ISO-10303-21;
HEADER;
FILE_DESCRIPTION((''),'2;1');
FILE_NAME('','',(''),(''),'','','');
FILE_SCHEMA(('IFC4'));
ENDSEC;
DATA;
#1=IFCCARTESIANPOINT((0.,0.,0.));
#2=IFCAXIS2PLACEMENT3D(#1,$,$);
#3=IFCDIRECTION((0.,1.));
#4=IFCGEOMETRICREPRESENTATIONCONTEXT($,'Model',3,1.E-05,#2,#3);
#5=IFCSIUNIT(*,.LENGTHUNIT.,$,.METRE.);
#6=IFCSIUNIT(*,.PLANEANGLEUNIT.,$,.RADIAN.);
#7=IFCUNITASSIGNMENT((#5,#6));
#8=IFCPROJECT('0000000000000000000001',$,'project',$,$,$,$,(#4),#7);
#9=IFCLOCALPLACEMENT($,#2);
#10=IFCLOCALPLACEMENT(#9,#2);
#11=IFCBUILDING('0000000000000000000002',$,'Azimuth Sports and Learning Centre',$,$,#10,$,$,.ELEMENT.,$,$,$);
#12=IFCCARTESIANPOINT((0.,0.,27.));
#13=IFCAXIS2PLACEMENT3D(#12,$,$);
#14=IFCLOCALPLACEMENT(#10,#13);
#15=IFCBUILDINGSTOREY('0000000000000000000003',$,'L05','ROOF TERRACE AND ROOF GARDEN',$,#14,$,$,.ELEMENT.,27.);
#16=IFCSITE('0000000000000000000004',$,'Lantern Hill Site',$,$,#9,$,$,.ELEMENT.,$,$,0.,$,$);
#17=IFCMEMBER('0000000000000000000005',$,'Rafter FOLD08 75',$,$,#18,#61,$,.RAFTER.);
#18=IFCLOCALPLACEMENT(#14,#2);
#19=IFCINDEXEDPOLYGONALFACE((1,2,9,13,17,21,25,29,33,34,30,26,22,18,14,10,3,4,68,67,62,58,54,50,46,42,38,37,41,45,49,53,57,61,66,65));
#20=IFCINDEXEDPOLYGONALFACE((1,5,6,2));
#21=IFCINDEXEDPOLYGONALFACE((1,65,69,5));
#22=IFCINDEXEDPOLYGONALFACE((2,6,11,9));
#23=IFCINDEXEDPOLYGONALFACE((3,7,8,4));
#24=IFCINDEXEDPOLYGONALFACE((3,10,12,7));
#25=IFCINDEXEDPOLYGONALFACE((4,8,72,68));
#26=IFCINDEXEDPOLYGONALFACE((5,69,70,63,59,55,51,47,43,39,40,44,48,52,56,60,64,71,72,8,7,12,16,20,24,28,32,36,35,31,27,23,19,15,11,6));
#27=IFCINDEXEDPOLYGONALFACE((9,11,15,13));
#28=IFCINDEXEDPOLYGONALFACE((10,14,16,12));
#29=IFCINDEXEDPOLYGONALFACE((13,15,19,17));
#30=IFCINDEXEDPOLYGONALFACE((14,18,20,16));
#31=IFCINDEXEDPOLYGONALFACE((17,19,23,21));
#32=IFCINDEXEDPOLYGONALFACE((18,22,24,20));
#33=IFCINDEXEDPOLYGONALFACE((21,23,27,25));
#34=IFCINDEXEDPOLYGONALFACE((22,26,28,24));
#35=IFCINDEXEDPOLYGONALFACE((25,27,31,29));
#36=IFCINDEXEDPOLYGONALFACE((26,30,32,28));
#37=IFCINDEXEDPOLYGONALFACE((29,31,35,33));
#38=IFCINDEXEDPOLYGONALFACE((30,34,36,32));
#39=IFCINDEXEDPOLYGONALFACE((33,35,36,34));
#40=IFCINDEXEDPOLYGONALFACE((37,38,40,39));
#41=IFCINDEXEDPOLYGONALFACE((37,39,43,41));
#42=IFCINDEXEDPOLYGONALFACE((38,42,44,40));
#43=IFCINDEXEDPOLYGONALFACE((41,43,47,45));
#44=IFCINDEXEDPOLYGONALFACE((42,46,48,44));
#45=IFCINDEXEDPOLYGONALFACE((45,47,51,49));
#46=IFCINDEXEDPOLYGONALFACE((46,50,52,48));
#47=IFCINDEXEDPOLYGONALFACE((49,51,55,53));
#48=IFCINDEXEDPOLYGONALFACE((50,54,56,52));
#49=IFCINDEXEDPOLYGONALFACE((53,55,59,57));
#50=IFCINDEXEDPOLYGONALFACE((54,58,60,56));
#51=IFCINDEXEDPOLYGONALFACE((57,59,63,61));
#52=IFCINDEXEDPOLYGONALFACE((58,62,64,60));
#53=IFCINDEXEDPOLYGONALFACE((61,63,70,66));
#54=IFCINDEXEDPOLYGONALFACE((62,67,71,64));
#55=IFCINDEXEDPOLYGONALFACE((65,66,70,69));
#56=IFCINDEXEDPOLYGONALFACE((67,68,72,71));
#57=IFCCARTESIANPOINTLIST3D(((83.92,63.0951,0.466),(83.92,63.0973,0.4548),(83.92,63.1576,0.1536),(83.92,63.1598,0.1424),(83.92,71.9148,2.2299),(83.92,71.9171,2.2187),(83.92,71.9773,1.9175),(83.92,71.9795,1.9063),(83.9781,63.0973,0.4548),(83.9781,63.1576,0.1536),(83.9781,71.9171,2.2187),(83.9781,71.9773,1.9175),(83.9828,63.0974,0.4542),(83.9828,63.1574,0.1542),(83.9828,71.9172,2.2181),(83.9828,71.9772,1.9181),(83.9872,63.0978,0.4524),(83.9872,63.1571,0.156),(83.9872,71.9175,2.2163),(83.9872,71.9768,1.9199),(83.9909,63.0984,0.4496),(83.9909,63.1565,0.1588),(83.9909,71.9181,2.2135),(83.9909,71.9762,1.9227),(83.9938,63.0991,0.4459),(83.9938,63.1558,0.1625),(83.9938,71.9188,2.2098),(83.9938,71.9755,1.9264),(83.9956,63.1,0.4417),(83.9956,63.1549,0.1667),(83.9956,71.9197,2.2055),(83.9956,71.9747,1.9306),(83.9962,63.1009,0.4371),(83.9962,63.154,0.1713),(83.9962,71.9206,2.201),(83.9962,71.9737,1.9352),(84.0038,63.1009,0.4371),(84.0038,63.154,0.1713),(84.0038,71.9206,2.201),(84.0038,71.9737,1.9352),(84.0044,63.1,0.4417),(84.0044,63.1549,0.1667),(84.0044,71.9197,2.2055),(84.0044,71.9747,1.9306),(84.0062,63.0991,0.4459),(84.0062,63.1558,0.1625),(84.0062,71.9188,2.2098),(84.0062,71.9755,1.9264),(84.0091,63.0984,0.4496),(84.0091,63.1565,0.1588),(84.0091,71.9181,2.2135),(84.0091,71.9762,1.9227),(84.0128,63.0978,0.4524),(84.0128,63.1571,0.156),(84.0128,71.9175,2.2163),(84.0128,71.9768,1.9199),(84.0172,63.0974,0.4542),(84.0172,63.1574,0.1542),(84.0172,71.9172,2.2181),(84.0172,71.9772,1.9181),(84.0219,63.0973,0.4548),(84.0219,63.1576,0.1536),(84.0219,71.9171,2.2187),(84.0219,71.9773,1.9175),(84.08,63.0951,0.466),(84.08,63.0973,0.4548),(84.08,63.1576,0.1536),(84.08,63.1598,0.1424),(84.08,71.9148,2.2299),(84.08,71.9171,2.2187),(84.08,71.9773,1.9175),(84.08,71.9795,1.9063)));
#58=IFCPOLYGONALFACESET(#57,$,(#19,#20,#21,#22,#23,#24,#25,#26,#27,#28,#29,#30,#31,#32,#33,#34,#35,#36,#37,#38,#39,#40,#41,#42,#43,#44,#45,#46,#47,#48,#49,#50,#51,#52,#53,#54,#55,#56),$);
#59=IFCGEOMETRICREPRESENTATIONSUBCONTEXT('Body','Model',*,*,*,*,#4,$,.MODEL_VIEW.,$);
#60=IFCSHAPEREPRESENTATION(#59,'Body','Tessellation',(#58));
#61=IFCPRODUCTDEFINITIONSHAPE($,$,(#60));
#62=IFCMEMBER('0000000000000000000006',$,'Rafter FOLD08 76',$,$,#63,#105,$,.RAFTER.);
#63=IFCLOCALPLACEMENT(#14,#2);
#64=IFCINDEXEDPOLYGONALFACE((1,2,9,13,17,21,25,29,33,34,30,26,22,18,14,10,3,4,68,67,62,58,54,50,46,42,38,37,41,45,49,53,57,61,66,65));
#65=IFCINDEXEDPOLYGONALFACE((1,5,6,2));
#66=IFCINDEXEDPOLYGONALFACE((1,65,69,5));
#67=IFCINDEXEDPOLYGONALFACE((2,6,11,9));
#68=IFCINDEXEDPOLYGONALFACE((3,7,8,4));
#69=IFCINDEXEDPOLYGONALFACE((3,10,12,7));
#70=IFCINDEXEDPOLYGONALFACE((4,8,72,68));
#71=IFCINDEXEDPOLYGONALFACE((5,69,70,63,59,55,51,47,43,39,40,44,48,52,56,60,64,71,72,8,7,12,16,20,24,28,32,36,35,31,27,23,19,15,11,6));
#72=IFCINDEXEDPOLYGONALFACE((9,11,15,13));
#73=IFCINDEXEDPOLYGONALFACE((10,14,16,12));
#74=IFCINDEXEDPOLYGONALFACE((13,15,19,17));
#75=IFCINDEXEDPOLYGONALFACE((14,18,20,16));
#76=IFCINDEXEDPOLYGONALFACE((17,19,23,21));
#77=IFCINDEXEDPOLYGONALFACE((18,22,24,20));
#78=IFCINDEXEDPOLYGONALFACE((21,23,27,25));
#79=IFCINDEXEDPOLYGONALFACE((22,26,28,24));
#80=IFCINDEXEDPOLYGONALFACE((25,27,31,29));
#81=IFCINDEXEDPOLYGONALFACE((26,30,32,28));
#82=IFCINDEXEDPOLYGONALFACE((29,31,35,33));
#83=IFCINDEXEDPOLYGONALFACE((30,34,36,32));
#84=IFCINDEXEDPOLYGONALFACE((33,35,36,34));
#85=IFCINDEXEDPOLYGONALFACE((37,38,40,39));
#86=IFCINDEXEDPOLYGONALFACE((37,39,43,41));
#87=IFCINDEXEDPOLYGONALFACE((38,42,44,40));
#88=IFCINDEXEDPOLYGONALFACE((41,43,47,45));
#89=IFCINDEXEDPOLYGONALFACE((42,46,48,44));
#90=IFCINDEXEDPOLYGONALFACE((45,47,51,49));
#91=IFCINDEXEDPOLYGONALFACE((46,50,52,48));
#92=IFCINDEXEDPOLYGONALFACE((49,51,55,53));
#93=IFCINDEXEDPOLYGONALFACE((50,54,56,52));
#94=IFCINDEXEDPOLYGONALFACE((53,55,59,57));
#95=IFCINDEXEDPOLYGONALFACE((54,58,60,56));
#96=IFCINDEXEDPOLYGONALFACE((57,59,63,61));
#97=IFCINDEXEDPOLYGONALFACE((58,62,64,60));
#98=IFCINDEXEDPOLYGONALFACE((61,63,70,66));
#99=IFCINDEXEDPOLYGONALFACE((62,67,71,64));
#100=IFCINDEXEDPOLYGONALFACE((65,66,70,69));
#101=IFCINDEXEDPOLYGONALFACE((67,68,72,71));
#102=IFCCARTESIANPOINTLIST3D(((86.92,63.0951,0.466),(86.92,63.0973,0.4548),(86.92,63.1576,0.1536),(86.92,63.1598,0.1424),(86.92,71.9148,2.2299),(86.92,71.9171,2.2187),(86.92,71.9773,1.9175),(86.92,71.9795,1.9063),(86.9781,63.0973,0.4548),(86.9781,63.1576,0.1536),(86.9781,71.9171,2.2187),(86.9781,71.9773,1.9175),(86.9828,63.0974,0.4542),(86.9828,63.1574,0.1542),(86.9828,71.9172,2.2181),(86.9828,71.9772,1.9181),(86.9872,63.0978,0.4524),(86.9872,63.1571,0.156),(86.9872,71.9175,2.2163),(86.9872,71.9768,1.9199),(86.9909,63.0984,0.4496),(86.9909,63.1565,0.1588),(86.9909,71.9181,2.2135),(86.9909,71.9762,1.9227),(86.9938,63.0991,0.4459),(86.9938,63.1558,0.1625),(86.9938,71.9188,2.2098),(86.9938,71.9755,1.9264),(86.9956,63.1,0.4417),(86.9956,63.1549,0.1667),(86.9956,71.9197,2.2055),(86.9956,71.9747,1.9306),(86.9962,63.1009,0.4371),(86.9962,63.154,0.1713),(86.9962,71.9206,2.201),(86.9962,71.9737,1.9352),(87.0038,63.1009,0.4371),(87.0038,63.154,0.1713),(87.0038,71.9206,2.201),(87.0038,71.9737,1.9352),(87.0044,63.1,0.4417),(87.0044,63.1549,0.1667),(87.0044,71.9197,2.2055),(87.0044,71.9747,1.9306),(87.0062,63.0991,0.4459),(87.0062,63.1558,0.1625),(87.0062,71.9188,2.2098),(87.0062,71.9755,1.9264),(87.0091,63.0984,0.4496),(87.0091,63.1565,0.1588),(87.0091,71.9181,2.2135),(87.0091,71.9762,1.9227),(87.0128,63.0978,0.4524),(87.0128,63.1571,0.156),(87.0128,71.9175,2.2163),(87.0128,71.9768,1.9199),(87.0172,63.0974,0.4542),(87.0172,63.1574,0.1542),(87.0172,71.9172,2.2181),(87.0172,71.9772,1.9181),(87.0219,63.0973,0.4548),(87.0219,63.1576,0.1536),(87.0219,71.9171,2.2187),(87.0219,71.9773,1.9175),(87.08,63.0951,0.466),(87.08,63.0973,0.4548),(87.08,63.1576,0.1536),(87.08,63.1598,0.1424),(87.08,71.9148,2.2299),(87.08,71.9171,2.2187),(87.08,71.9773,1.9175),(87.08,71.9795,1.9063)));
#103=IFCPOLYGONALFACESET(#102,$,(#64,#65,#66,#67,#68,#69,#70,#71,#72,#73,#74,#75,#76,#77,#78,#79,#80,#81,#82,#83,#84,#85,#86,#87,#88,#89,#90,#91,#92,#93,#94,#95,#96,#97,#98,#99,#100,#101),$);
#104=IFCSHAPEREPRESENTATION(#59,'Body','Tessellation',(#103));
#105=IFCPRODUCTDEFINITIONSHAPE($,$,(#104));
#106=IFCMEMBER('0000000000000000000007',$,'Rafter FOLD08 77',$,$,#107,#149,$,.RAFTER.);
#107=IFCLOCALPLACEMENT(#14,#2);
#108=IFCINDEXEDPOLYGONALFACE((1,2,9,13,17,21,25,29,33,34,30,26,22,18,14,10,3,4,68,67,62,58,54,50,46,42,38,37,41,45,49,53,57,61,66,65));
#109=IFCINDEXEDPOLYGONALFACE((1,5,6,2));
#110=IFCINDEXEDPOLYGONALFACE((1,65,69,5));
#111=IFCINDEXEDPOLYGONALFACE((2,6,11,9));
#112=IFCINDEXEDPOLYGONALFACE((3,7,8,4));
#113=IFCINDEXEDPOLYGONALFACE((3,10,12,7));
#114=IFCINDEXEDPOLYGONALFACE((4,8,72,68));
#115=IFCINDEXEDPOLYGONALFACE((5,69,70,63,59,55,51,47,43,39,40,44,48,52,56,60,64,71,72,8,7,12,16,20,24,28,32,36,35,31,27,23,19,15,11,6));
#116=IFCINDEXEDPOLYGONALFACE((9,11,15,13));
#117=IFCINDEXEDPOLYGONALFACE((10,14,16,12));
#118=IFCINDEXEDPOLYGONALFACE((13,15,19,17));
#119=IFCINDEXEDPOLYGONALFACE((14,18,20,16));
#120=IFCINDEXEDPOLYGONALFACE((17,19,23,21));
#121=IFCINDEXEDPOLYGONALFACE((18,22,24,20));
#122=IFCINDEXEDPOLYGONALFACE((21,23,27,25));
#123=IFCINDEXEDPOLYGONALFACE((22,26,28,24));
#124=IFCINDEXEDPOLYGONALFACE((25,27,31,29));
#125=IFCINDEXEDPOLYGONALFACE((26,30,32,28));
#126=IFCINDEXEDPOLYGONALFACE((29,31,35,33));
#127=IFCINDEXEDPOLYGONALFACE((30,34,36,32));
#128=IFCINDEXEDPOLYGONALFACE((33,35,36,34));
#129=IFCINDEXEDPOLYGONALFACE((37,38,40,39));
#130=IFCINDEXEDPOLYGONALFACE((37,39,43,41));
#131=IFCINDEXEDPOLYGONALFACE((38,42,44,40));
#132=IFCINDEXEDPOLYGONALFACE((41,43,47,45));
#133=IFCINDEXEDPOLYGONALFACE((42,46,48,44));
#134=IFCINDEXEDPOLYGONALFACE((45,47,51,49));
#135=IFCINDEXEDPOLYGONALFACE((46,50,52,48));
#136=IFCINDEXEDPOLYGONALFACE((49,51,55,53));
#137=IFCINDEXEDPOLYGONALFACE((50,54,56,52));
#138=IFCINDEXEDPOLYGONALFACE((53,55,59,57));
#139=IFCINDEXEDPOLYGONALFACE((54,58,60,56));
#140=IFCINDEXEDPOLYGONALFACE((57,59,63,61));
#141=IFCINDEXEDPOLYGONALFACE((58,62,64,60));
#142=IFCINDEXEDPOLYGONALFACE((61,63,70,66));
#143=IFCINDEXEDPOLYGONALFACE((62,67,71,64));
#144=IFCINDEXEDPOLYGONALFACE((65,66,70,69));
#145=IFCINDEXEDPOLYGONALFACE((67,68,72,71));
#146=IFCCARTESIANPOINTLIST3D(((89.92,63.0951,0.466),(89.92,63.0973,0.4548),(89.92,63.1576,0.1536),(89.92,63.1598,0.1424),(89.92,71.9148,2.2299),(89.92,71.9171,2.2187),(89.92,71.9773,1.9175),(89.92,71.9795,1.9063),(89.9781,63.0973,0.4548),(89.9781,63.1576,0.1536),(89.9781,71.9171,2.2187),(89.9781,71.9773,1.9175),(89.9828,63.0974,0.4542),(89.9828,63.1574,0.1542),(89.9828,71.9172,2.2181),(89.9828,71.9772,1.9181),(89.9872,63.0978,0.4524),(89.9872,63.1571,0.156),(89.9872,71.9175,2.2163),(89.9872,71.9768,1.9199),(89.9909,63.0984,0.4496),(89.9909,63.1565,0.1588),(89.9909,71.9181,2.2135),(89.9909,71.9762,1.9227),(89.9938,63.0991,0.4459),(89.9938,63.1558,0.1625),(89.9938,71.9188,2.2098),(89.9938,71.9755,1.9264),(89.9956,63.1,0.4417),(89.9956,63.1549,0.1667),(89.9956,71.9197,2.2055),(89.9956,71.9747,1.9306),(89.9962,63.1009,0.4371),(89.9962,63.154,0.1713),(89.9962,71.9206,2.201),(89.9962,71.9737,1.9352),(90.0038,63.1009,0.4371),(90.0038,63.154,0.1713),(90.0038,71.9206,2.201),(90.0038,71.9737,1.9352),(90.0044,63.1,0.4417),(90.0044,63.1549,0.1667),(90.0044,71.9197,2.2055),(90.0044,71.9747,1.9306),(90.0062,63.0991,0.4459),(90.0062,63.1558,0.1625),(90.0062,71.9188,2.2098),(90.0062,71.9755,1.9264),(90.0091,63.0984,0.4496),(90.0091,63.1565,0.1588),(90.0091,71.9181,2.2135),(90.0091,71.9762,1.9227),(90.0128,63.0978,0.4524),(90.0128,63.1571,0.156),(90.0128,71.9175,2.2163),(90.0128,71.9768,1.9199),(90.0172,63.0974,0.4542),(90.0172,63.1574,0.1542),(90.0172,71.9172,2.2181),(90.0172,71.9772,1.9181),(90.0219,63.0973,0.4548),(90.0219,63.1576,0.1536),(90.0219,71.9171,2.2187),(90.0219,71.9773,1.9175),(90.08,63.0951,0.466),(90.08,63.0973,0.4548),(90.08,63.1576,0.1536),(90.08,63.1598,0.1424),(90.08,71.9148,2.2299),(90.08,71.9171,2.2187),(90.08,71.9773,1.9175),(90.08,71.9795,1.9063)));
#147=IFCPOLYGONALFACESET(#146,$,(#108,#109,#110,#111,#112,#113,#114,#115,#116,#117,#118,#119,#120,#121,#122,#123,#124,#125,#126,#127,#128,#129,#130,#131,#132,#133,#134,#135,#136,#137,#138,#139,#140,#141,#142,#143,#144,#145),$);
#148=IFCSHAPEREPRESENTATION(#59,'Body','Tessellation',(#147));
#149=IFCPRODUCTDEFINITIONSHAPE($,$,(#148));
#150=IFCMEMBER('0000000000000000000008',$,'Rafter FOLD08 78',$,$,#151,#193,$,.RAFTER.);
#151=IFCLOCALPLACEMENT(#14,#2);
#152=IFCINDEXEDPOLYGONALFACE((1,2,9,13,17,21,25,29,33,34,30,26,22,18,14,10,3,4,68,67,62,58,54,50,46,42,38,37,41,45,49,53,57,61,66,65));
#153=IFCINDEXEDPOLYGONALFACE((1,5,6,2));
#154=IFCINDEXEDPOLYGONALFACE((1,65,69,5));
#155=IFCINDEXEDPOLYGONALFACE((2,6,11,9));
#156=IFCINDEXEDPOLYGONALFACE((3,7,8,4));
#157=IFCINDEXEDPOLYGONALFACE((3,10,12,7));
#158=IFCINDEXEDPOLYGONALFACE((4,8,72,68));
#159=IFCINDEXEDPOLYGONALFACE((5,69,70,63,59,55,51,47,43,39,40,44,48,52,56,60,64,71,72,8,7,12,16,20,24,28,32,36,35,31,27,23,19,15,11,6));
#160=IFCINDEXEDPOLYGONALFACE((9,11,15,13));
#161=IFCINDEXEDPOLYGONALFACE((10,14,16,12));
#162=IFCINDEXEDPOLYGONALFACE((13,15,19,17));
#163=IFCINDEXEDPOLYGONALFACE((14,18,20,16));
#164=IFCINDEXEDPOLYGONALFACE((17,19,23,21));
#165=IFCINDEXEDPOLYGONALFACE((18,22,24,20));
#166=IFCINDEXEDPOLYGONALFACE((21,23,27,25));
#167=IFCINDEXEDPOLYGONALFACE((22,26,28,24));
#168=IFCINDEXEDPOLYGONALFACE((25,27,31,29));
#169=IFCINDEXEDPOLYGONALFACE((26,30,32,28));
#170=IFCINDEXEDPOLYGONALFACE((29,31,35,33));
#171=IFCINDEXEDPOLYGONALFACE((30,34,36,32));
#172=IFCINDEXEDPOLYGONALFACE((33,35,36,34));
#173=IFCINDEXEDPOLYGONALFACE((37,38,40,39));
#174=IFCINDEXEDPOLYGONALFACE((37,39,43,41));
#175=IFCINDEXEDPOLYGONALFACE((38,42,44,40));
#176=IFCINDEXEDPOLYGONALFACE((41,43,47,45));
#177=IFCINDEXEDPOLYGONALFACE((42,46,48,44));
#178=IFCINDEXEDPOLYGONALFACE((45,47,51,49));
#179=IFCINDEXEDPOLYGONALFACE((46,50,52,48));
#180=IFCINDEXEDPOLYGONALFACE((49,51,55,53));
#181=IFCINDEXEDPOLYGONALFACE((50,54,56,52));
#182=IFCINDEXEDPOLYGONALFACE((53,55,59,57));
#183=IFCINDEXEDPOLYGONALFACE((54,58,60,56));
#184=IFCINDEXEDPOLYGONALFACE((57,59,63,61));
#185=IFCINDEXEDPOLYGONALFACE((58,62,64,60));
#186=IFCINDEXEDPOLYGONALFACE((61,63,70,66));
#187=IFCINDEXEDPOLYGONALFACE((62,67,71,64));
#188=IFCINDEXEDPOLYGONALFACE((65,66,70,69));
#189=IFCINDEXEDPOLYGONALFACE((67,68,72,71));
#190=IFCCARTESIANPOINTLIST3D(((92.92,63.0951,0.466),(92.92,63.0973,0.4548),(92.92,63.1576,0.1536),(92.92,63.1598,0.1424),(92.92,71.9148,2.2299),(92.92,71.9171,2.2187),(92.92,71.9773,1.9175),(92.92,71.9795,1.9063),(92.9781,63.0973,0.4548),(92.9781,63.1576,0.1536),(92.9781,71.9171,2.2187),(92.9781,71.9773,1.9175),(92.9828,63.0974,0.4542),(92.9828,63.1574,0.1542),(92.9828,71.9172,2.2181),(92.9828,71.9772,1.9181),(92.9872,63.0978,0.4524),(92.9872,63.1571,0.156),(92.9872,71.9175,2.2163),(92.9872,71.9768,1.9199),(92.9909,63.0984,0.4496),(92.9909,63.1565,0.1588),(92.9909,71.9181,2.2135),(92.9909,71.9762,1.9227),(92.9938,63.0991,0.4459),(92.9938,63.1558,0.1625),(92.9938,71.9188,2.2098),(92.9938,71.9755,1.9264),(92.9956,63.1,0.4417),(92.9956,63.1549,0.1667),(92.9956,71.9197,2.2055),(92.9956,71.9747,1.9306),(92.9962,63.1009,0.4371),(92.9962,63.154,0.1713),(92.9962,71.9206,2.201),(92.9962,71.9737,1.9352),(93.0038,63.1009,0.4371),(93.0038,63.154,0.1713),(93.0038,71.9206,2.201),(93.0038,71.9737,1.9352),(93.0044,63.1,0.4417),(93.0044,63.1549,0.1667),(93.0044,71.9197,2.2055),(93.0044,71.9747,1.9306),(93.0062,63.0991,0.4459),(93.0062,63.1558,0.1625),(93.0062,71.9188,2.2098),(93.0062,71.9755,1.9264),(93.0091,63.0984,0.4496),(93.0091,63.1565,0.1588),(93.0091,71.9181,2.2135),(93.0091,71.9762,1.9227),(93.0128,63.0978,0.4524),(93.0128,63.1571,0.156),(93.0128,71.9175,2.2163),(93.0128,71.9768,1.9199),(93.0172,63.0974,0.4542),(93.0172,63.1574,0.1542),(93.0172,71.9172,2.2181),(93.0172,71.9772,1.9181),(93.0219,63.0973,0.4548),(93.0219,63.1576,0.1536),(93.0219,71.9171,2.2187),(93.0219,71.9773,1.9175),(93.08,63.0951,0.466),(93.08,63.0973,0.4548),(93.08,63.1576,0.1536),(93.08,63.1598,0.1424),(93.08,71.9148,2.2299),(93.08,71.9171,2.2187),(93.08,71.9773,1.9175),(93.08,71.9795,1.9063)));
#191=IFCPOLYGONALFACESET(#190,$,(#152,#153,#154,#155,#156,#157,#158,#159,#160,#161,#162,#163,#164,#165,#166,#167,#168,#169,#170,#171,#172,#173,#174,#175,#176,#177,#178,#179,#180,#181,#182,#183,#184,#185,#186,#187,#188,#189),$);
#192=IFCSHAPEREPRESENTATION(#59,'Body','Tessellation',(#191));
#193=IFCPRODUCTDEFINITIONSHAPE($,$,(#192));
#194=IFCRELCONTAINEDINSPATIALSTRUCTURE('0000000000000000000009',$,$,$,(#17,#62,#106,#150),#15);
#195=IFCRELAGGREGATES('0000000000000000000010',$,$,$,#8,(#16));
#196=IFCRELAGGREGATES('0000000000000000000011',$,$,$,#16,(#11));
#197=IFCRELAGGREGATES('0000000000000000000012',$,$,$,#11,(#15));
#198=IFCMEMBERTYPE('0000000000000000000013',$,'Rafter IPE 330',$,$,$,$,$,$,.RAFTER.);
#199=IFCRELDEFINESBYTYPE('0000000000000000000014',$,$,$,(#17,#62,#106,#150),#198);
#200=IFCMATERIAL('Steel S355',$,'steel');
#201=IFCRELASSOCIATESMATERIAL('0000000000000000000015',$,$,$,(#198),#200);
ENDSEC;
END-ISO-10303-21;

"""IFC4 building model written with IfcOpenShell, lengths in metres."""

from ifc_helpers import new_model, si_unit, direction, frame, origin, origin_2d, place, context, subcontext, project, spatial, i_section, extrude, material, material_profile, profile_set, type_object, element, save


model = new_model("IFC4")

# Units and contexts
model_context = context("Model", 3, precision=1e-05, world=origin(), true_north=direction((0.0, 1.0)))
body_context = subcontext(model_context, "Body", "Model", "MODEL_VIEW")
ifc_project = project(units=[si_unit("LENGTHUNIT", "METRE"), si_unit("PLANEANGLEUNIT", "RADIAN")], contexts=[model_context])

# Site, building, storey
site_placement = place(None, origin())
site = spatial("IfcSite", under=ifc_project, at=site_placement, Name="Lantern Hill Site", CompositionType="ELEMENT", RefElevation=0.0)
building_placement = place(site_placement, origin())
building = spatial("IfcBuilding", under=site, at=building_placement, Name="Azimuth Sports and Learning Centre", CompositionType="ELEMENT")
storey_placement = place(building_placement, frame((0.0, 0.0, 27.0)))
storey = spatial("IfcBuildingStorey", under=building, at=storey_placement, Name="L05", Description="ROOF TERRACE AND ROOF GARDEN", CompositionType="ELEMENT", Elevation=27.0)

# Members
ifc_material_1 = material(Name="Steel S355", Category="steel")
ifc_material_profile_1 = material_profile(ifc_material_1, i_section(OverallWidth=0.1599, OverallDepth=0.3301, WebThickness=0.0076, FlangeThickness=0.0115, FilletRadius=0.0181, at=origin_2d()), Name="IPE 330")
ifc_profile_set_1 = profile_set([ifc_material_profile_1], Name="Steel S355")
member_type_1 = type_object("IfcMemberType", Name="Rafter IPE 330", PredefinedType="RAFTER", material=ifc_profile_set_1)
for number, where, z_axis, x_axis, name in (
    (1, (84.0, 63.1274, 0.3042), (0.0, 0.980582, 0.196111), (-1.0, 0.0, 0.0), "Rafter FOLD08 75"),
    (2, (87.0, 63.1274, 0.3042), (0.0, 0.980582, 0.196111), (-1.0, 0.0, 0.0), "Rafter FOLD08 76"),
    (3, (90.0, 63.1274, 0.3042), (0.0, 0.980582, 0.196111), (-1.0, 0.0, 0.0), "Rafter FOLD08 77"),
    (4, (93.0, 63.1274, 0.3042), (0.0, 0.980582, 0.196111), (-1.0, 0.0, 0.0), "Rafter FOLD08 78"),
):
    element("IfcMember", number, at=place(storey_placement, frame(where, z_axis=z_axis, x_axis=x_axis)), inside=storey, type_object=member_type_1, Name=name, PredefinedType="RAFTER", context=body_context, shape_type="SweptSolid", body=[
        extrude(i_section(OverallWidth=0.1599, OverallDepth=0.3301, WebThickness=0.0076, FlangeThickness=0.0115, FilletRadius=0.0181, at=origin_2d()), origin(), (0.0, 0.0, 1.0), 8.9944),
    ])

save(model, "model.ifc")
